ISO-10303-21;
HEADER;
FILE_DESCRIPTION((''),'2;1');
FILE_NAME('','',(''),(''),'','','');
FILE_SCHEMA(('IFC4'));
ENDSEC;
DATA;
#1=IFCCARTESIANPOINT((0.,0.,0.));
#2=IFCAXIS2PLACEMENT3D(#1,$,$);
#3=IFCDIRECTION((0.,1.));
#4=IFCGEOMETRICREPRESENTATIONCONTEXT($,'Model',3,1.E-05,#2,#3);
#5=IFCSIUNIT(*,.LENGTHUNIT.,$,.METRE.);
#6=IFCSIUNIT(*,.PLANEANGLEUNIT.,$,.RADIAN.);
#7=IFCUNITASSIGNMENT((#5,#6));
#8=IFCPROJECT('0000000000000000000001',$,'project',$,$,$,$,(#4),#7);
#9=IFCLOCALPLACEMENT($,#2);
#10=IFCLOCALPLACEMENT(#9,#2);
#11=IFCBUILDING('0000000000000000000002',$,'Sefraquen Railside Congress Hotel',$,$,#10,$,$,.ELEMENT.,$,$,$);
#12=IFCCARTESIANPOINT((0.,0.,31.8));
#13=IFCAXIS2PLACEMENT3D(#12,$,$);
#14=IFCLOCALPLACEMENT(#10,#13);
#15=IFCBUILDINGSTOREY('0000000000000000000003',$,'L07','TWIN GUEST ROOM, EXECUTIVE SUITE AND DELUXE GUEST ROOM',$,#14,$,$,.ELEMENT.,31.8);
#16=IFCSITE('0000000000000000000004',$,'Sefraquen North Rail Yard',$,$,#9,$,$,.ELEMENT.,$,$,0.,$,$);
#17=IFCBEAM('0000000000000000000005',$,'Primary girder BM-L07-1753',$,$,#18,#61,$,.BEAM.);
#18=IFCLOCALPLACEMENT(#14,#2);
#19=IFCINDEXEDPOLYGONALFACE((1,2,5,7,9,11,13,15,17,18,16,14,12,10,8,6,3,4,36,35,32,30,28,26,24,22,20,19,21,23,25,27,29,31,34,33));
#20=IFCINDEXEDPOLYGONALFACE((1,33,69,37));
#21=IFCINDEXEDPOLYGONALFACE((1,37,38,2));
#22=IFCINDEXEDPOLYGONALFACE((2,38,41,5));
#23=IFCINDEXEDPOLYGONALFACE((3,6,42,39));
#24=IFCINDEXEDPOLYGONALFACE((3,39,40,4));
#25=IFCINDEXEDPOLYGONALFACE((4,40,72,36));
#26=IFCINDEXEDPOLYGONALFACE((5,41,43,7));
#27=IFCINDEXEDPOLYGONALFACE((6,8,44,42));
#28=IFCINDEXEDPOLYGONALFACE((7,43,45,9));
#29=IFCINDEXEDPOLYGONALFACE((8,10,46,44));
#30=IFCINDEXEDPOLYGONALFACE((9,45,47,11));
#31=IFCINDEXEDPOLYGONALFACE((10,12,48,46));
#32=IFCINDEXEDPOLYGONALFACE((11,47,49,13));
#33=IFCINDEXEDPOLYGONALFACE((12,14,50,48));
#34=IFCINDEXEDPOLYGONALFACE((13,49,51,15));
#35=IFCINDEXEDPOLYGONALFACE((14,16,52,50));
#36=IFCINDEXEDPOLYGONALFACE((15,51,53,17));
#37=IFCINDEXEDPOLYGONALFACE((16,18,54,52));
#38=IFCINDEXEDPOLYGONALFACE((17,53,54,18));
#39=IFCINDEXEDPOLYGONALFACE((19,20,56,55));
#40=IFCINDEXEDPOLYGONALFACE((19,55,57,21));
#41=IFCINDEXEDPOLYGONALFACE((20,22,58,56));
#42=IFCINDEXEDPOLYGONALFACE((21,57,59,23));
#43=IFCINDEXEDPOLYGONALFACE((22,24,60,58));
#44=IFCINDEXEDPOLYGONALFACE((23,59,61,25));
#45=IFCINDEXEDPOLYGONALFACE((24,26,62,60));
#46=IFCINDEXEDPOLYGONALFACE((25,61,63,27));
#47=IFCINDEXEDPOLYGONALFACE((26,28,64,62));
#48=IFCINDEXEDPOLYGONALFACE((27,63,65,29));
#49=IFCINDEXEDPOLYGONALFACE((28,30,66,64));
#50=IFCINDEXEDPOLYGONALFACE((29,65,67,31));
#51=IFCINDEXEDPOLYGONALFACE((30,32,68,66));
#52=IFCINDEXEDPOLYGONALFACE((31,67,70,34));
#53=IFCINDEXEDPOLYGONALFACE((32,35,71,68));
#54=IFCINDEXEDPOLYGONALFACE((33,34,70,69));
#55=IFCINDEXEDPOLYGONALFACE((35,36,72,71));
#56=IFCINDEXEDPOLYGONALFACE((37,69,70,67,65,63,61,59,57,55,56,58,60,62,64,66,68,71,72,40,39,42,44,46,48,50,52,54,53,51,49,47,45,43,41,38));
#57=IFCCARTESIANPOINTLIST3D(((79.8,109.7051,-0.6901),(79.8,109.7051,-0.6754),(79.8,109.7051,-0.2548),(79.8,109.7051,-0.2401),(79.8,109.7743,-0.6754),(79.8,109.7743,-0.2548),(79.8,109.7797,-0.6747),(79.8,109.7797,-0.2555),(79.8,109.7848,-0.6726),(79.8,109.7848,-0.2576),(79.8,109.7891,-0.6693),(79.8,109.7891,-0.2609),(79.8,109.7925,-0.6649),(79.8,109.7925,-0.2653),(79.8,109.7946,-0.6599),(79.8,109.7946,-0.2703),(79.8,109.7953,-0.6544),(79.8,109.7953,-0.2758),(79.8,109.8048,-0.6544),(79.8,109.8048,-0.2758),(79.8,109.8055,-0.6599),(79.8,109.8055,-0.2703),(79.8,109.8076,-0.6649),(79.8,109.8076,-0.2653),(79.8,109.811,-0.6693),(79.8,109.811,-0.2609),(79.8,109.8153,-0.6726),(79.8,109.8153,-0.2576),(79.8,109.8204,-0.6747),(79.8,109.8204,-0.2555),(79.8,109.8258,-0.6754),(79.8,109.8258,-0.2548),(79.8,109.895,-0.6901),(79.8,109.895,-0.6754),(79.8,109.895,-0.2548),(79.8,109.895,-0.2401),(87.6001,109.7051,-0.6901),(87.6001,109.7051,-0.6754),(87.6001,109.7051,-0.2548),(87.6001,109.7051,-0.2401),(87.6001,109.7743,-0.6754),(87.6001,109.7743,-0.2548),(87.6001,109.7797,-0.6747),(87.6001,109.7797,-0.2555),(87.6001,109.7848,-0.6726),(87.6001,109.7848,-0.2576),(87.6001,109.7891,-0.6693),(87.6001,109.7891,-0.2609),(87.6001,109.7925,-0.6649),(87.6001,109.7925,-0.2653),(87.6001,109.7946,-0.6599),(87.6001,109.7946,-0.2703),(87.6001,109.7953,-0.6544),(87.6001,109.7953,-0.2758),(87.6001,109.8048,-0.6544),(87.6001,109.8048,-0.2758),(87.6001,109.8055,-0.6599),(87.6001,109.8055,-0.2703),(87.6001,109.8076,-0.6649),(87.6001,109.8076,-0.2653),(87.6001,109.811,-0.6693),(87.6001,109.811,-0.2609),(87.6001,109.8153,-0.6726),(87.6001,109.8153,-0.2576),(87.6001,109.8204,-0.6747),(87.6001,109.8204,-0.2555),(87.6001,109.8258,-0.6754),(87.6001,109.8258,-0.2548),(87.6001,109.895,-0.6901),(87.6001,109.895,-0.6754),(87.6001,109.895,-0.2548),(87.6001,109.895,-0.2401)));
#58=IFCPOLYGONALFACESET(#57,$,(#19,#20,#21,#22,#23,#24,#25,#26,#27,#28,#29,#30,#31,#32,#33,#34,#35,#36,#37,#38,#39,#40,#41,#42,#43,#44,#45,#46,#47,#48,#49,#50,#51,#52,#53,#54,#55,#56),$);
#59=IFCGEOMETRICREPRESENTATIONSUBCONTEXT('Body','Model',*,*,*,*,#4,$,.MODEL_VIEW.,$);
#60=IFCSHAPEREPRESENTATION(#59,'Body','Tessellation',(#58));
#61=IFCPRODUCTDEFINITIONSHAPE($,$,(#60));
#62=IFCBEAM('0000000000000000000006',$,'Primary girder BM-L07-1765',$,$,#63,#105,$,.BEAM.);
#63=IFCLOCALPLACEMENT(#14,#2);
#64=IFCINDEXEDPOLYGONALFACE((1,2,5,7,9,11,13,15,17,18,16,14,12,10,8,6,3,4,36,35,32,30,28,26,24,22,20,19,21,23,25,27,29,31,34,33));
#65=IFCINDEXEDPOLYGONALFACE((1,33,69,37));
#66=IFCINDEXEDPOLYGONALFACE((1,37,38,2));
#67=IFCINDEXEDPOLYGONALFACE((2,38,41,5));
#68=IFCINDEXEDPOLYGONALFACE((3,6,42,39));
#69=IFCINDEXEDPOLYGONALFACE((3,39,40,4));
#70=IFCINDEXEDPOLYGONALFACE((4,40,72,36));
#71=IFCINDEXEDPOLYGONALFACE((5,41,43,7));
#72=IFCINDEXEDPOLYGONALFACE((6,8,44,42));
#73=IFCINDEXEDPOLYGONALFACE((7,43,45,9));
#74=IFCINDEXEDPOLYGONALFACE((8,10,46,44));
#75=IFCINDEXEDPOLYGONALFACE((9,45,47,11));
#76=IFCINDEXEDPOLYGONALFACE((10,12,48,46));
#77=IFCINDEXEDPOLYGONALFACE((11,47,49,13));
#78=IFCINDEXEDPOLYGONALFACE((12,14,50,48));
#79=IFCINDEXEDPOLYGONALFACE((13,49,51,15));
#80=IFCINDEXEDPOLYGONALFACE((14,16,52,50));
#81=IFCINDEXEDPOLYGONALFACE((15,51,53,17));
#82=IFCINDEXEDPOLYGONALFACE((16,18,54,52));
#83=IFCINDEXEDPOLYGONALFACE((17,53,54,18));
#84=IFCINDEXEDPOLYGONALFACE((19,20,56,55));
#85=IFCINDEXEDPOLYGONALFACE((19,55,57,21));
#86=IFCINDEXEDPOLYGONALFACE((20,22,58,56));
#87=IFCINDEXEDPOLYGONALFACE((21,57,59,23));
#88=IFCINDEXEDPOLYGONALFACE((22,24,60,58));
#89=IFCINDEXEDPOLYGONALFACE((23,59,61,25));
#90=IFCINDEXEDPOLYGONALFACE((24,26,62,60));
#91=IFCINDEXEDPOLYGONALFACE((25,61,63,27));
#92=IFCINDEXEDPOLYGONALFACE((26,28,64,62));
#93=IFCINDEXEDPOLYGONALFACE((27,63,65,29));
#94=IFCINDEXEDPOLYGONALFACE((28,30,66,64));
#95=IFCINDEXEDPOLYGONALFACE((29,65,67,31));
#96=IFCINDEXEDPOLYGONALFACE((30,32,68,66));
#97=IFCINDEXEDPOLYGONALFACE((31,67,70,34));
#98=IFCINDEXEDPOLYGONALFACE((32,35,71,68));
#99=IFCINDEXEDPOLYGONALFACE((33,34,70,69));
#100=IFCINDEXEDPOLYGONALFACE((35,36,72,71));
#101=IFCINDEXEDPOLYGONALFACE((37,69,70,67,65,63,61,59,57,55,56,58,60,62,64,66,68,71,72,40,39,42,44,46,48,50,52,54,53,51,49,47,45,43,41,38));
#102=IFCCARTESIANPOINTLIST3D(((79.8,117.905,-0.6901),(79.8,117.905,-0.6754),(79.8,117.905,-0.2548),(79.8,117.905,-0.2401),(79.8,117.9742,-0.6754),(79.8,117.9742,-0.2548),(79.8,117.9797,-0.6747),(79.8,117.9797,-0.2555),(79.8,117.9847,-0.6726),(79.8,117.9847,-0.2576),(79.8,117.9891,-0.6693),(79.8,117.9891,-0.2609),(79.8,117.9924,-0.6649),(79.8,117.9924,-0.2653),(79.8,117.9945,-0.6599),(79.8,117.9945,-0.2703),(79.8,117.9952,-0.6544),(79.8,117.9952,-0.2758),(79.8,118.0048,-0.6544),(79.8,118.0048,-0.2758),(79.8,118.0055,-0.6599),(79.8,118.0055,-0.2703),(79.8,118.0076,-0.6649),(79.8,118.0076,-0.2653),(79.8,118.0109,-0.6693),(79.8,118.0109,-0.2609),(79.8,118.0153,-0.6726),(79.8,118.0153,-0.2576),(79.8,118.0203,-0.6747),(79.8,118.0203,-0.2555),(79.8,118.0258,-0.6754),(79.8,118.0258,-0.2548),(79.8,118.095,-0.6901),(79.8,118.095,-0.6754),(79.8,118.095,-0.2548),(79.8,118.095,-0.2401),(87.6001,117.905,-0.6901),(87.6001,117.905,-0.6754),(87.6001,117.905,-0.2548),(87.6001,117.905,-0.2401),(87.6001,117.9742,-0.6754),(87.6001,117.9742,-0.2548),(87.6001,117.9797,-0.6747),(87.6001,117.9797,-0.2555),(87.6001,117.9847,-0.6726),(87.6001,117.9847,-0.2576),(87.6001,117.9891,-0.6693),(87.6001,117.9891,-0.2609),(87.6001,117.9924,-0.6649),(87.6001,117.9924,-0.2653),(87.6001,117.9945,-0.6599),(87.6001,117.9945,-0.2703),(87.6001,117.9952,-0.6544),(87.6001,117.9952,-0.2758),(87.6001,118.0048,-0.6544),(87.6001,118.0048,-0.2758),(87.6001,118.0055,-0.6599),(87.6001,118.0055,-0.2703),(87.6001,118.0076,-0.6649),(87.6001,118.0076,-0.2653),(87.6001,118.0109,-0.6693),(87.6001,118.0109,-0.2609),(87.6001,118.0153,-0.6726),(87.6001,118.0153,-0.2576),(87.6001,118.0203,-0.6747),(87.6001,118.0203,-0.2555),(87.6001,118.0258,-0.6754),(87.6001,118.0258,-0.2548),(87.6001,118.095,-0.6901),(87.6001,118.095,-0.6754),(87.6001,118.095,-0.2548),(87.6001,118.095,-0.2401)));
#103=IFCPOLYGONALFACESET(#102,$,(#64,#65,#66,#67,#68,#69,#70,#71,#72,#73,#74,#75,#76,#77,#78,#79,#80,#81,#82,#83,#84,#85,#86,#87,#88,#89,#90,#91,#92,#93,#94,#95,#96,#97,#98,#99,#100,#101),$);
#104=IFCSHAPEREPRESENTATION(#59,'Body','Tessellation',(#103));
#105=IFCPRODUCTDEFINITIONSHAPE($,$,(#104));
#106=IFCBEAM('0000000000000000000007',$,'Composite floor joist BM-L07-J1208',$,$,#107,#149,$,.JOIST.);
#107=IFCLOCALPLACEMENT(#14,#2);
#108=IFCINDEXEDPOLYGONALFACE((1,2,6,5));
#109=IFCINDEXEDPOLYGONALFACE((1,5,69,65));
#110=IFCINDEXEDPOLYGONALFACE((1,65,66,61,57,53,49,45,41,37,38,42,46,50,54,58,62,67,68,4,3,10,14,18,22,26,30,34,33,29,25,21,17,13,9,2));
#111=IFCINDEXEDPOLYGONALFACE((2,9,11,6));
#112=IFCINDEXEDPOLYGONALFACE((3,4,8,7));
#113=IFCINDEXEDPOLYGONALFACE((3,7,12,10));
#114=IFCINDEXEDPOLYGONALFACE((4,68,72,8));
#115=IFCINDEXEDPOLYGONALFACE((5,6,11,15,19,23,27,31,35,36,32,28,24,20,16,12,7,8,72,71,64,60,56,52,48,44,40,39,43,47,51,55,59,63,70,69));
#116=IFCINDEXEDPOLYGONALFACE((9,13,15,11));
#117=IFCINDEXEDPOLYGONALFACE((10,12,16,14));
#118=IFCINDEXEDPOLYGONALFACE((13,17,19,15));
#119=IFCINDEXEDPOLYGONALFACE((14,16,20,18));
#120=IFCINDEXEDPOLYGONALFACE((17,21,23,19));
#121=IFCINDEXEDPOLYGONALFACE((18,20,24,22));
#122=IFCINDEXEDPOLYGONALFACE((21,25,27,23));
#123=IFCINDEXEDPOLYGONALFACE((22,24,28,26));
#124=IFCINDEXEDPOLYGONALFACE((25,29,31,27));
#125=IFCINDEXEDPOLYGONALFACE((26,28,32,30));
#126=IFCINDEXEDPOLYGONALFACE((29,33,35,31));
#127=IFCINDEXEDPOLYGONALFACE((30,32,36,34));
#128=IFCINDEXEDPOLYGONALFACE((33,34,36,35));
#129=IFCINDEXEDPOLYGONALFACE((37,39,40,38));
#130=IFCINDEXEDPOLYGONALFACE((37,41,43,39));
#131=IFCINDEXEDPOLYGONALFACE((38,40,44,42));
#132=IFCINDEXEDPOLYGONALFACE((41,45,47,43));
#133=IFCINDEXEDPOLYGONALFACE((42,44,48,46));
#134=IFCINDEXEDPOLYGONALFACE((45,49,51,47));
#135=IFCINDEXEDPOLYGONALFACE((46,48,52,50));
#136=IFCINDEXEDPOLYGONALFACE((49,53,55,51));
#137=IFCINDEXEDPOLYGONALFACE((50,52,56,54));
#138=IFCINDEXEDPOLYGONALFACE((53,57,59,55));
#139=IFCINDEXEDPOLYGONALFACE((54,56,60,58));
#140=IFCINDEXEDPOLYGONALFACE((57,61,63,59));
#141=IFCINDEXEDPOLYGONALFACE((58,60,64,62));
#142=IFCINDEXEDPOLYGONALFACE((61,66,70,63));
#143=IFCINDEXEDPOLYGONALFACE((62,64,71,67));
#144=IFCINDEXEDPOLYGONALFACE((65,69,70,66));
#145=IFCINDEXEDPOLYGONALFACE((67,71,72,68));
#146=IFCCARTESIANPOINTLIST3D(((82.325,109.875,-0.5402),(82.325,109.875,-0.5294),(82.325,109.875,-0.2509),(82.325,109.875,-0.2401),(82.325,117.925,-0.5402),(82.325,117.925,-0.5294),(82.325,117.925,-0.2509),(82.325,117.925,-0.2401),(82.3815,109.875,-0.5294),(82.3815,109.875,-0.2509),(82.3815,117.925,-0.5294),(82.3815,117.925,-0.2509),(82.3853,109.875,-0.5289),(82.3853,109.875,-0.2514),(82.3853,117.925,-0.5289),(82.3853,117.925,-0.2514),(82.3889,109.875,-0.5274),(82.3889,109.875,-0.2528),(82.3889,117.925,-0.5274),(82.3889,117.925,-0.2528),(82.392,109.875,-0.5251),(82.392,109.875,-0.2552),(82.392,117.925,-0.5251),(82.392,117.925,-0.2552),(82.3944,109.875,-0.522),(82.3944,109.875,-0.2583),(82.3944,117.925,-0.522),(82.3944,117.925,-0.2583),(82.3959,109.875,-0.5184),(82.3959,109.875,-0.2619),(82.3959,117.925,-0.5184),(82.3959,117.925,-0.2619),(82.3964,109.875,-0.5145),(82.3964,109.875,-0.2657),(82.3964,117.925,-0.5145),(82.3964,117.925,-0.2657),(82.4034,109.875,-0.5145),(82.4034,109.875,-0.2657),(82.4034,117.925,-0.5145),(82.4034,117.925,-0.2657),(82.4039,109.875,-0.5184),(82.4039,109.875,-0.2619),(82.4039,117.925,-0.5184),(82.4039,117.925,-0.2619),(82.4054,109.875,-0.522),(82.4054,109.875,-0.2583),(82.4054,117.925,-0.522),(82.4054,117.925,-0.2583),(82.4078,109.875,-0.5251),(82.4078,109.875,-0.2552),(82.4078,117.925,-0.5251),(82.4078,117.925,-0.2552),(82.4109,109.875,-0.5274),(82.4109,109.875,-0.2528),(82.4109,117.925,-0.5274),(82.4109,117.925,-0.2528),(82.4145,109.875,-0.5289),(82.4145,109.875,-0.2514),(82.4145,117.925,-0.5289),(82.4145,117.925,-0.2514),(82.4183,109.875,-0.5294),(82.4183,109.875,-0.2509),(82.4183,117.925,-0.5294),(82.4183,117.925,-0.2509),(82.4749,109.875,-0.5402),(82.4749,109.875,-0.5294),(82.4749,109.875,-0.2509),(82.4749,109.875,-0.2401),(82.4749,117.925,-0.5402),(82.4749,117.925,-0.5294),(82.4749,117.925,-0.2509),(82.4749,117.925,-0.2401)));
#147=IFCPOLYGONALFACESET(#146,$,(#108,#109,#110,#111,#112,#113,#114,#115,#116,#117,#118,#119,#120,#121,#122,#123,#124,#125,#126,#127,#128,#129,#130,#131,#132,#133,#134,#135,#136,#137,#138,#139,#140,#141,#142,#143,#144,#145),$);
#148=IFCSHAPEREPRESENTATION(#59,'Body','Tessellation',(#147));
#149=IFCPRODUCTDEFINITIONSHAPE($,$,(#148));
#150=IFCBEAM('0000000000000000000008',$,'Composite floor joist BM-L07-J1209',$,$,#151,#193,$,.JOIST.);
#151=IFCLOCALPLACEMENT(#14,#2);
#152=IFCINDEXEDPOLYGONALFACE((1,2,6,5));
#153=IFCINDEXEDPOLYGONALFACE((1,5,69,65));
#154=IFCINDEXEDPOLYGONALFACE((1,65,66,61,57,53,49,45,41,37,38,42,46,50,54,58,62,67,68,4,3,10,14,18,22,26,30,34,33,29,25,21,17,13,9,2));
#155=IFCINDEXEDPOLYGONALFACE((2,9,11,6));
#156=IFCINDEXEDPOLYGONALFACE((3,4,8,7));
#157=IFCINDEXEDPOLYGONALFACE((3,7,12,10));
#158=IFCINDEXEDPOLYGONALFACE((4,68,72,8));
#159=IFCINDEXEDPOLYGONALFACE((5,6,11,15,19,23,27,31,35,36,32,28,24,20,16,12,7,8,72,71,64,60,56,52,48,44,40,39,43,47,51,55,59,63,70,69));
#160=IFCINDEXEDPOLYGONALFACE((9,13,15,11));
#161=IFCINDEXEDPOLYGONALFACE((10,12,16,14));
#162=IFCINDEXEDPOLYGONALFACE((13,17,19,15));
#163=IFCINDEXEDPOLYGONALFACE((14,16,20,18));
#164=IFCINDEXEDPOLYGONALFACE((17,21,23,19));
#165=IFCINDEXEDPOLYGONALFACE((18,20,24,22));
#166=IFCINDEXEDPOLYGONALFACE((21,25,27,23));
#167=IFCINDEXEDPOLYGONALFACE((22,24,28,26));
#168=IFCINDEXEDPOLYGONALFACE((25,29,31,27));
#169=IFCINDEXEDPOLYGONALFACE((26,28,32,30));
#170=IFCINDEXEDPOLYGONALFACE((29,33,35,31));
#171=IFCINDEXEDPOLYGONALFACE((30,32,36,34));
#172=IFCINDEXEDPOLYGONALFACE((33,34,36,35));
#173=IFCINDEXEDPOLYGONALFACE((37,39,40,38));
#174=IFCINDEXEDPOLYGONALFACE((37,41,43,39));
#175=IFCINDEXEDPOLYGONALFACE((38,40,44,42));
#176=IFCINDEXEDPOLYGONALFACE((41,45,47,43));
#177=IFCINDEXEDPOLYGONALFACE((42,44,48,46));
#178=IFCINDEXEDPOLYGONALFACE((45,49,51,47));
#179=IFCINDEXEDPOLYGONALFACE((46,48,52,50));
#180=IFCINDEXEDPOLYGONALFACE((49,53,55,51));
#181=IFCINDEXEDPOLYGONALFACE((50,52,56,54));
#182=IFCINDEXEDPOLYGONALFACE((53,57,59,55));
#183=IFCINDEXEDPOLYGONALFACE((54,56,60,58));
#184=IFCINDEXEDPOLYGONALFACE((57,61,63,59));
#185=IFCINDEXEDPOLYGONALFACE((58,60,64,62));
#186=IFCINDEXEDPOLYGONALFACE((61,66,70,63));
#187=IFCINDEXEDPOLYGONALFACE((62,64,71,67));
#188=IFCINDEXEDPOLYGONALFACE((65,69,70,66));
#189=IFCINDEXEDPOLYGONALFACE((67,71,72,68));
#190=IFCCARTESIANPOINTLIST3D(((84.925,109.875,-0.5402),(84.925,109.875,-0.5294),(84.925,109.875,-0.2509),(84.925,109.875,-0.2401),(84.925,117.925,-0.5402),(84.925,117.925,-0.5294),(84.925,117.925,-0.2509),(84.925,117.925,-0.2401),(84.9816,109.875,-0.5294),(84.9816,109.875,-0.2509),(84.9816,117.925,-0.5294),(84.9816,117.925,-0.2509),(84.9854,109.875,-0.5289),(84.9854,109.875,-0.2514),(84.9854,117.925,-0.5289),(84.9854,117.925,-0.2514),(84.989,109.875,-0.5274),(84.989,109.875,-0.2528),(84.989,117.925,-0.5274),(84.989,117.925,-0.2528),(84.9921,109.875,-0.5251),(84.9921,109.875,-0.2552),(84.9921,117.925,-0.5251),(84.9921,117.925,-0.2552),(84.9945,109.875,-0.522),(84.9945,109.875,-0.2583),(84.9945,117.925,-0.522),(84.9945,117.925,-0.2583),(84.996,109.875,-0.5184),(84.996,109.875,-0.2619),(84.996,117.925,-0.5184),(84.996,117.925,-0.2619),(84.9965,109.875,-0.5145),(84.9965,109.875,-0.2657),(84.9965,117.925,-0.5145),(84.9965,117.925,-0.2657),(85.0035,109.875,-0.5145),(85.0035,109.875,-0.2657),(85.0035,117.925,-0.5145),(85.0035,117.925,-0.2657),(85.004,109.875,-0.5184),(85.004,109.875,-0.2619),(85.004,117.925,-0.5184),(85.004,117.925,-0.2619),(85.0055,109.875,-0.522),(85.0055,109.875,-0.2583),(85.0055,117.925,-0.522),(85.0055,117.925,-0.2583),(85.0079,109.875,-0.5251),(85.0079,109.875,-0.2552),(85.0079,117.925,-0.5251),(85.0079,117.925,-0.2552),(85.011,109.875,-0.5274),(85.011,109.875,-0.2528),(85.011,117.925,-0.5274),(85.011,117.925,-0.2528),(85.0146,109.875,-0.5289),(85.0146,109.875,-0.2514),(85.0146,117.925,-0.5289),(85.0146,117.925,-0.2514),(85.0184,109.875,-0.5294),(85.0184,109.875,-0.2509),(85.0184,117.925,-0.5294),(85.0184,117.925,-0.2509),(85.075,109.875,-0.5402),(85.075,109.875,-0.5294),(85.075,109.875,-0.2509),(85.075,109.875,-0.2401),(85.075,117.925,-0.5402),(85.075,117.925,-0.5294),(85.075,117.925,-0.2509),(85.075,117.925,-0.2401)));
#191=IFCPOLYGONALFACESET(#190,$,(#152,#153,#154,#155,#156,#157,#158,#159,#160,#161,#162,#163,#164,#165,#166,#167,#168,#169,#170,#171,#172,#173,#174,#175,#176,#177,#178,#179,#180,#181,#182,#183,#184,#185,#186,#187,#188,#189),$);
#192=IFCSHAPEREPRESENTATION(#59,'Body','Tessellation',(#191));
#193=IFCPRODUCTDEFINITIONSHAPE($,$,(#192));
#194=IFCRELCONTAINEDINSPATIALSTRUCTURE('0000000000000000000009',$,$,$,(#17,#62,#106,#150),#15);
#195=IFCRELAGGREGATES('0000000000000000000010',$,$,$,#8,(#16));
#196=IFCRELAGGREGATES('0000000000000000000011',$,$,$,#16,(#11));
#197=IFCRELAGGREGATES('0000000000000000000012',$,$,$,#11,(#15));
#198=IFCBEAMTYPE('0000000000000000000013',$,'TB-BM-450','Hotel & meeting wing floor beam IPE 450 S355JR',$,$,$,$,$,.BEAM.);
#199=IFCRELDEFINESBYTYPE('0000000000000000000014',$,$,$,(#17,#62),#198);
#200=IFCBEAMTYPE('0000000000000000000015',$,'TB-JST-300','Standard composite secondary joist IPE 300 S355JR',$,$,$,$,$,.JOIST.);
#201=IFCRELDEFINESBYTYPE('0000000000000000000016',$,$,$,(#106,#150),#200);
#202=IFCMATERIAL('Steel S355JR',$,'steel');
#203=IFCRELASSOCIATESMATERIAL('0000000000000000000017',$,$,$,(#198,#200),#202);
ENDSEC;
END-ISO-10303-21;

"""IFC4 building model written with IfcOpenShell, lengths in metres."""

from ifc_helpers import new_model, si_unit, direction, frame, origin, origin_2d, place, context, subcontext, project, spatial, i_section, extrude, material, material_profile, profile_set, type_object, element, save


model = new_model("IFC4")

# Units and contexts
model_context = context("Model", 3, precision=1e-05, world=origin(), true_north=direction((0.0, 1.0)))
body_context = subcontext(model_context, "Body", "Model", "MODEL_VIEW")
ifc_project = project(units=[si_unit("LENGTHUNIT", "METRE"), si_unit("PLANEANGLEUNIT", "RADIAN")], contexts=[model_context])

# Site, building, storey
site_placement = place(None, origin())
site = spatial("IfcSite", under=ifc_project, at=site_placement, Name="Sefraquen North Rail Yard", CompositionType="ELEMENT", RefElevation=0.0)
building_placement = place(site_placement, origin())
building = spatial("IfcBuilding", under=site, at=building_placement, Name="Sefraquen Railside Congress Hotel", CompositionType="ELEMENT")
storey_placement = place(building_placement, frame((0.0, 0.0, 31.8)))
storey = spatial("IfcBuildingStorey", under=building, at=storey_placement, Name="L07", Description="TWIN GUEST ROOM, EXECUTIVE SUITE AND DELUXE GUEST ROOM", CompositionType="ELEMENT", Elevation=31.8)

# Shared definitions
ifc_material_1 = material(Name="Steel S355JR", Category="steel")

# Beams
ifc_material_profile_1 = material_profile(ifc_material_1, i_section(OverallWidth=0.1899, OverallDepth=0.45, WebThickness=0.0095, FlangeThickness=0.0146, FilletRadius=0.021, at=origin_2d()), Name="IPE 450")
ifc_profile_set_1 = profile_set([ifc_material_profile_1], Name="Steel S355JR")
beam_type_1 = type_object("IfcBeamType", Name="TB-BM-450", Description="Hotel & meeting wing floor beam IPE 450 S355JR", PredefinedType="BEAM", material=ifc_profile_set_1)
for number, where, z_axis, x_axis, name in (
    (1, (79.8, 109.8, -0.4651), (1.0, 0.0, 0.0), (0.0, 1.0, 0.0), "Primary girder BM-L07-1753"),
    (2, (79.8, 118.0, -0.4651), (1.0, 0.0, 0.0), (0.0, 1.0, 0.0), "Primary girder BM-L07-1765"),
):
    element("IfcBeam", number, at=place(storey_placement, frame(where, z_axis=z_axis, x_axis=x_axis)), inside=storey, type_object=beam_type_1, Name=name, PredefinedType="BEAM", context=body_context, shape_type="SweptSolid", body=[
        extrude(i_section(OverallWidth=0.1899, OverallDepth=0.45, WebThickness=0.0095, FlangeThickness=0.0146, FilletRadius=0.021, at=origin_2d()), origin(), (0.0, 0.0, 1.0), 7.8),
    ])
ifc_material_profile_2 = material_profile(ifc_material_1, i_section(OverallWidth=0.1499, OverallDepth=0.3, WebThickness=0.0071, FlangeThickness=0.0107, FilletRadius=0.0149, at=origin_2d()), Name="IPE 300")
ifc_profile_set_2 = profile_set([ifc_material_profile_2], Name="Steel S355JR")
beam_type_2 = type_object("IfcBeamType", Name="TB-JST-300", Description="Standard composite secondary joist IPE 300 S355JR", PredefinedType="JOIST", material=ifc_profile_set_2)
for number, where, z_axis, x_axis, name in (
    (3, (82.3999, 109.875, -0.3901), (0.0, 1.0, 0.0), (-1.0, 0.0, 0.0), "Composite floor joist BM-L07-J1208"),
    (4, (85.0, 109.875, -0.3901), (0.0, 1.0, 0.0), (-1.0, 0.0, 0.0), "Composite floor joist BM-L07-J1209"),
):
    element("IfcBeam", number, at=place(storey_placement, frame(where, z_axis=z_axis, x_axis=x_axis)), inside=storey, type_object=beam_type_2, Name=name, PredefinedType="JOIST", context=body_context, shape_type="SweptSolid", body=[
        extrude(i_section(OverallWidth=0.1499, OverallDepth=0.3, WebThickness=0.0071, FlangeThickness=0.0107, FilletRadius=0.0149, at=origin_2d()), origin(), (0.0, 0.0, 1.0), 8.05),
    ])

save(model, "model.ifc")
